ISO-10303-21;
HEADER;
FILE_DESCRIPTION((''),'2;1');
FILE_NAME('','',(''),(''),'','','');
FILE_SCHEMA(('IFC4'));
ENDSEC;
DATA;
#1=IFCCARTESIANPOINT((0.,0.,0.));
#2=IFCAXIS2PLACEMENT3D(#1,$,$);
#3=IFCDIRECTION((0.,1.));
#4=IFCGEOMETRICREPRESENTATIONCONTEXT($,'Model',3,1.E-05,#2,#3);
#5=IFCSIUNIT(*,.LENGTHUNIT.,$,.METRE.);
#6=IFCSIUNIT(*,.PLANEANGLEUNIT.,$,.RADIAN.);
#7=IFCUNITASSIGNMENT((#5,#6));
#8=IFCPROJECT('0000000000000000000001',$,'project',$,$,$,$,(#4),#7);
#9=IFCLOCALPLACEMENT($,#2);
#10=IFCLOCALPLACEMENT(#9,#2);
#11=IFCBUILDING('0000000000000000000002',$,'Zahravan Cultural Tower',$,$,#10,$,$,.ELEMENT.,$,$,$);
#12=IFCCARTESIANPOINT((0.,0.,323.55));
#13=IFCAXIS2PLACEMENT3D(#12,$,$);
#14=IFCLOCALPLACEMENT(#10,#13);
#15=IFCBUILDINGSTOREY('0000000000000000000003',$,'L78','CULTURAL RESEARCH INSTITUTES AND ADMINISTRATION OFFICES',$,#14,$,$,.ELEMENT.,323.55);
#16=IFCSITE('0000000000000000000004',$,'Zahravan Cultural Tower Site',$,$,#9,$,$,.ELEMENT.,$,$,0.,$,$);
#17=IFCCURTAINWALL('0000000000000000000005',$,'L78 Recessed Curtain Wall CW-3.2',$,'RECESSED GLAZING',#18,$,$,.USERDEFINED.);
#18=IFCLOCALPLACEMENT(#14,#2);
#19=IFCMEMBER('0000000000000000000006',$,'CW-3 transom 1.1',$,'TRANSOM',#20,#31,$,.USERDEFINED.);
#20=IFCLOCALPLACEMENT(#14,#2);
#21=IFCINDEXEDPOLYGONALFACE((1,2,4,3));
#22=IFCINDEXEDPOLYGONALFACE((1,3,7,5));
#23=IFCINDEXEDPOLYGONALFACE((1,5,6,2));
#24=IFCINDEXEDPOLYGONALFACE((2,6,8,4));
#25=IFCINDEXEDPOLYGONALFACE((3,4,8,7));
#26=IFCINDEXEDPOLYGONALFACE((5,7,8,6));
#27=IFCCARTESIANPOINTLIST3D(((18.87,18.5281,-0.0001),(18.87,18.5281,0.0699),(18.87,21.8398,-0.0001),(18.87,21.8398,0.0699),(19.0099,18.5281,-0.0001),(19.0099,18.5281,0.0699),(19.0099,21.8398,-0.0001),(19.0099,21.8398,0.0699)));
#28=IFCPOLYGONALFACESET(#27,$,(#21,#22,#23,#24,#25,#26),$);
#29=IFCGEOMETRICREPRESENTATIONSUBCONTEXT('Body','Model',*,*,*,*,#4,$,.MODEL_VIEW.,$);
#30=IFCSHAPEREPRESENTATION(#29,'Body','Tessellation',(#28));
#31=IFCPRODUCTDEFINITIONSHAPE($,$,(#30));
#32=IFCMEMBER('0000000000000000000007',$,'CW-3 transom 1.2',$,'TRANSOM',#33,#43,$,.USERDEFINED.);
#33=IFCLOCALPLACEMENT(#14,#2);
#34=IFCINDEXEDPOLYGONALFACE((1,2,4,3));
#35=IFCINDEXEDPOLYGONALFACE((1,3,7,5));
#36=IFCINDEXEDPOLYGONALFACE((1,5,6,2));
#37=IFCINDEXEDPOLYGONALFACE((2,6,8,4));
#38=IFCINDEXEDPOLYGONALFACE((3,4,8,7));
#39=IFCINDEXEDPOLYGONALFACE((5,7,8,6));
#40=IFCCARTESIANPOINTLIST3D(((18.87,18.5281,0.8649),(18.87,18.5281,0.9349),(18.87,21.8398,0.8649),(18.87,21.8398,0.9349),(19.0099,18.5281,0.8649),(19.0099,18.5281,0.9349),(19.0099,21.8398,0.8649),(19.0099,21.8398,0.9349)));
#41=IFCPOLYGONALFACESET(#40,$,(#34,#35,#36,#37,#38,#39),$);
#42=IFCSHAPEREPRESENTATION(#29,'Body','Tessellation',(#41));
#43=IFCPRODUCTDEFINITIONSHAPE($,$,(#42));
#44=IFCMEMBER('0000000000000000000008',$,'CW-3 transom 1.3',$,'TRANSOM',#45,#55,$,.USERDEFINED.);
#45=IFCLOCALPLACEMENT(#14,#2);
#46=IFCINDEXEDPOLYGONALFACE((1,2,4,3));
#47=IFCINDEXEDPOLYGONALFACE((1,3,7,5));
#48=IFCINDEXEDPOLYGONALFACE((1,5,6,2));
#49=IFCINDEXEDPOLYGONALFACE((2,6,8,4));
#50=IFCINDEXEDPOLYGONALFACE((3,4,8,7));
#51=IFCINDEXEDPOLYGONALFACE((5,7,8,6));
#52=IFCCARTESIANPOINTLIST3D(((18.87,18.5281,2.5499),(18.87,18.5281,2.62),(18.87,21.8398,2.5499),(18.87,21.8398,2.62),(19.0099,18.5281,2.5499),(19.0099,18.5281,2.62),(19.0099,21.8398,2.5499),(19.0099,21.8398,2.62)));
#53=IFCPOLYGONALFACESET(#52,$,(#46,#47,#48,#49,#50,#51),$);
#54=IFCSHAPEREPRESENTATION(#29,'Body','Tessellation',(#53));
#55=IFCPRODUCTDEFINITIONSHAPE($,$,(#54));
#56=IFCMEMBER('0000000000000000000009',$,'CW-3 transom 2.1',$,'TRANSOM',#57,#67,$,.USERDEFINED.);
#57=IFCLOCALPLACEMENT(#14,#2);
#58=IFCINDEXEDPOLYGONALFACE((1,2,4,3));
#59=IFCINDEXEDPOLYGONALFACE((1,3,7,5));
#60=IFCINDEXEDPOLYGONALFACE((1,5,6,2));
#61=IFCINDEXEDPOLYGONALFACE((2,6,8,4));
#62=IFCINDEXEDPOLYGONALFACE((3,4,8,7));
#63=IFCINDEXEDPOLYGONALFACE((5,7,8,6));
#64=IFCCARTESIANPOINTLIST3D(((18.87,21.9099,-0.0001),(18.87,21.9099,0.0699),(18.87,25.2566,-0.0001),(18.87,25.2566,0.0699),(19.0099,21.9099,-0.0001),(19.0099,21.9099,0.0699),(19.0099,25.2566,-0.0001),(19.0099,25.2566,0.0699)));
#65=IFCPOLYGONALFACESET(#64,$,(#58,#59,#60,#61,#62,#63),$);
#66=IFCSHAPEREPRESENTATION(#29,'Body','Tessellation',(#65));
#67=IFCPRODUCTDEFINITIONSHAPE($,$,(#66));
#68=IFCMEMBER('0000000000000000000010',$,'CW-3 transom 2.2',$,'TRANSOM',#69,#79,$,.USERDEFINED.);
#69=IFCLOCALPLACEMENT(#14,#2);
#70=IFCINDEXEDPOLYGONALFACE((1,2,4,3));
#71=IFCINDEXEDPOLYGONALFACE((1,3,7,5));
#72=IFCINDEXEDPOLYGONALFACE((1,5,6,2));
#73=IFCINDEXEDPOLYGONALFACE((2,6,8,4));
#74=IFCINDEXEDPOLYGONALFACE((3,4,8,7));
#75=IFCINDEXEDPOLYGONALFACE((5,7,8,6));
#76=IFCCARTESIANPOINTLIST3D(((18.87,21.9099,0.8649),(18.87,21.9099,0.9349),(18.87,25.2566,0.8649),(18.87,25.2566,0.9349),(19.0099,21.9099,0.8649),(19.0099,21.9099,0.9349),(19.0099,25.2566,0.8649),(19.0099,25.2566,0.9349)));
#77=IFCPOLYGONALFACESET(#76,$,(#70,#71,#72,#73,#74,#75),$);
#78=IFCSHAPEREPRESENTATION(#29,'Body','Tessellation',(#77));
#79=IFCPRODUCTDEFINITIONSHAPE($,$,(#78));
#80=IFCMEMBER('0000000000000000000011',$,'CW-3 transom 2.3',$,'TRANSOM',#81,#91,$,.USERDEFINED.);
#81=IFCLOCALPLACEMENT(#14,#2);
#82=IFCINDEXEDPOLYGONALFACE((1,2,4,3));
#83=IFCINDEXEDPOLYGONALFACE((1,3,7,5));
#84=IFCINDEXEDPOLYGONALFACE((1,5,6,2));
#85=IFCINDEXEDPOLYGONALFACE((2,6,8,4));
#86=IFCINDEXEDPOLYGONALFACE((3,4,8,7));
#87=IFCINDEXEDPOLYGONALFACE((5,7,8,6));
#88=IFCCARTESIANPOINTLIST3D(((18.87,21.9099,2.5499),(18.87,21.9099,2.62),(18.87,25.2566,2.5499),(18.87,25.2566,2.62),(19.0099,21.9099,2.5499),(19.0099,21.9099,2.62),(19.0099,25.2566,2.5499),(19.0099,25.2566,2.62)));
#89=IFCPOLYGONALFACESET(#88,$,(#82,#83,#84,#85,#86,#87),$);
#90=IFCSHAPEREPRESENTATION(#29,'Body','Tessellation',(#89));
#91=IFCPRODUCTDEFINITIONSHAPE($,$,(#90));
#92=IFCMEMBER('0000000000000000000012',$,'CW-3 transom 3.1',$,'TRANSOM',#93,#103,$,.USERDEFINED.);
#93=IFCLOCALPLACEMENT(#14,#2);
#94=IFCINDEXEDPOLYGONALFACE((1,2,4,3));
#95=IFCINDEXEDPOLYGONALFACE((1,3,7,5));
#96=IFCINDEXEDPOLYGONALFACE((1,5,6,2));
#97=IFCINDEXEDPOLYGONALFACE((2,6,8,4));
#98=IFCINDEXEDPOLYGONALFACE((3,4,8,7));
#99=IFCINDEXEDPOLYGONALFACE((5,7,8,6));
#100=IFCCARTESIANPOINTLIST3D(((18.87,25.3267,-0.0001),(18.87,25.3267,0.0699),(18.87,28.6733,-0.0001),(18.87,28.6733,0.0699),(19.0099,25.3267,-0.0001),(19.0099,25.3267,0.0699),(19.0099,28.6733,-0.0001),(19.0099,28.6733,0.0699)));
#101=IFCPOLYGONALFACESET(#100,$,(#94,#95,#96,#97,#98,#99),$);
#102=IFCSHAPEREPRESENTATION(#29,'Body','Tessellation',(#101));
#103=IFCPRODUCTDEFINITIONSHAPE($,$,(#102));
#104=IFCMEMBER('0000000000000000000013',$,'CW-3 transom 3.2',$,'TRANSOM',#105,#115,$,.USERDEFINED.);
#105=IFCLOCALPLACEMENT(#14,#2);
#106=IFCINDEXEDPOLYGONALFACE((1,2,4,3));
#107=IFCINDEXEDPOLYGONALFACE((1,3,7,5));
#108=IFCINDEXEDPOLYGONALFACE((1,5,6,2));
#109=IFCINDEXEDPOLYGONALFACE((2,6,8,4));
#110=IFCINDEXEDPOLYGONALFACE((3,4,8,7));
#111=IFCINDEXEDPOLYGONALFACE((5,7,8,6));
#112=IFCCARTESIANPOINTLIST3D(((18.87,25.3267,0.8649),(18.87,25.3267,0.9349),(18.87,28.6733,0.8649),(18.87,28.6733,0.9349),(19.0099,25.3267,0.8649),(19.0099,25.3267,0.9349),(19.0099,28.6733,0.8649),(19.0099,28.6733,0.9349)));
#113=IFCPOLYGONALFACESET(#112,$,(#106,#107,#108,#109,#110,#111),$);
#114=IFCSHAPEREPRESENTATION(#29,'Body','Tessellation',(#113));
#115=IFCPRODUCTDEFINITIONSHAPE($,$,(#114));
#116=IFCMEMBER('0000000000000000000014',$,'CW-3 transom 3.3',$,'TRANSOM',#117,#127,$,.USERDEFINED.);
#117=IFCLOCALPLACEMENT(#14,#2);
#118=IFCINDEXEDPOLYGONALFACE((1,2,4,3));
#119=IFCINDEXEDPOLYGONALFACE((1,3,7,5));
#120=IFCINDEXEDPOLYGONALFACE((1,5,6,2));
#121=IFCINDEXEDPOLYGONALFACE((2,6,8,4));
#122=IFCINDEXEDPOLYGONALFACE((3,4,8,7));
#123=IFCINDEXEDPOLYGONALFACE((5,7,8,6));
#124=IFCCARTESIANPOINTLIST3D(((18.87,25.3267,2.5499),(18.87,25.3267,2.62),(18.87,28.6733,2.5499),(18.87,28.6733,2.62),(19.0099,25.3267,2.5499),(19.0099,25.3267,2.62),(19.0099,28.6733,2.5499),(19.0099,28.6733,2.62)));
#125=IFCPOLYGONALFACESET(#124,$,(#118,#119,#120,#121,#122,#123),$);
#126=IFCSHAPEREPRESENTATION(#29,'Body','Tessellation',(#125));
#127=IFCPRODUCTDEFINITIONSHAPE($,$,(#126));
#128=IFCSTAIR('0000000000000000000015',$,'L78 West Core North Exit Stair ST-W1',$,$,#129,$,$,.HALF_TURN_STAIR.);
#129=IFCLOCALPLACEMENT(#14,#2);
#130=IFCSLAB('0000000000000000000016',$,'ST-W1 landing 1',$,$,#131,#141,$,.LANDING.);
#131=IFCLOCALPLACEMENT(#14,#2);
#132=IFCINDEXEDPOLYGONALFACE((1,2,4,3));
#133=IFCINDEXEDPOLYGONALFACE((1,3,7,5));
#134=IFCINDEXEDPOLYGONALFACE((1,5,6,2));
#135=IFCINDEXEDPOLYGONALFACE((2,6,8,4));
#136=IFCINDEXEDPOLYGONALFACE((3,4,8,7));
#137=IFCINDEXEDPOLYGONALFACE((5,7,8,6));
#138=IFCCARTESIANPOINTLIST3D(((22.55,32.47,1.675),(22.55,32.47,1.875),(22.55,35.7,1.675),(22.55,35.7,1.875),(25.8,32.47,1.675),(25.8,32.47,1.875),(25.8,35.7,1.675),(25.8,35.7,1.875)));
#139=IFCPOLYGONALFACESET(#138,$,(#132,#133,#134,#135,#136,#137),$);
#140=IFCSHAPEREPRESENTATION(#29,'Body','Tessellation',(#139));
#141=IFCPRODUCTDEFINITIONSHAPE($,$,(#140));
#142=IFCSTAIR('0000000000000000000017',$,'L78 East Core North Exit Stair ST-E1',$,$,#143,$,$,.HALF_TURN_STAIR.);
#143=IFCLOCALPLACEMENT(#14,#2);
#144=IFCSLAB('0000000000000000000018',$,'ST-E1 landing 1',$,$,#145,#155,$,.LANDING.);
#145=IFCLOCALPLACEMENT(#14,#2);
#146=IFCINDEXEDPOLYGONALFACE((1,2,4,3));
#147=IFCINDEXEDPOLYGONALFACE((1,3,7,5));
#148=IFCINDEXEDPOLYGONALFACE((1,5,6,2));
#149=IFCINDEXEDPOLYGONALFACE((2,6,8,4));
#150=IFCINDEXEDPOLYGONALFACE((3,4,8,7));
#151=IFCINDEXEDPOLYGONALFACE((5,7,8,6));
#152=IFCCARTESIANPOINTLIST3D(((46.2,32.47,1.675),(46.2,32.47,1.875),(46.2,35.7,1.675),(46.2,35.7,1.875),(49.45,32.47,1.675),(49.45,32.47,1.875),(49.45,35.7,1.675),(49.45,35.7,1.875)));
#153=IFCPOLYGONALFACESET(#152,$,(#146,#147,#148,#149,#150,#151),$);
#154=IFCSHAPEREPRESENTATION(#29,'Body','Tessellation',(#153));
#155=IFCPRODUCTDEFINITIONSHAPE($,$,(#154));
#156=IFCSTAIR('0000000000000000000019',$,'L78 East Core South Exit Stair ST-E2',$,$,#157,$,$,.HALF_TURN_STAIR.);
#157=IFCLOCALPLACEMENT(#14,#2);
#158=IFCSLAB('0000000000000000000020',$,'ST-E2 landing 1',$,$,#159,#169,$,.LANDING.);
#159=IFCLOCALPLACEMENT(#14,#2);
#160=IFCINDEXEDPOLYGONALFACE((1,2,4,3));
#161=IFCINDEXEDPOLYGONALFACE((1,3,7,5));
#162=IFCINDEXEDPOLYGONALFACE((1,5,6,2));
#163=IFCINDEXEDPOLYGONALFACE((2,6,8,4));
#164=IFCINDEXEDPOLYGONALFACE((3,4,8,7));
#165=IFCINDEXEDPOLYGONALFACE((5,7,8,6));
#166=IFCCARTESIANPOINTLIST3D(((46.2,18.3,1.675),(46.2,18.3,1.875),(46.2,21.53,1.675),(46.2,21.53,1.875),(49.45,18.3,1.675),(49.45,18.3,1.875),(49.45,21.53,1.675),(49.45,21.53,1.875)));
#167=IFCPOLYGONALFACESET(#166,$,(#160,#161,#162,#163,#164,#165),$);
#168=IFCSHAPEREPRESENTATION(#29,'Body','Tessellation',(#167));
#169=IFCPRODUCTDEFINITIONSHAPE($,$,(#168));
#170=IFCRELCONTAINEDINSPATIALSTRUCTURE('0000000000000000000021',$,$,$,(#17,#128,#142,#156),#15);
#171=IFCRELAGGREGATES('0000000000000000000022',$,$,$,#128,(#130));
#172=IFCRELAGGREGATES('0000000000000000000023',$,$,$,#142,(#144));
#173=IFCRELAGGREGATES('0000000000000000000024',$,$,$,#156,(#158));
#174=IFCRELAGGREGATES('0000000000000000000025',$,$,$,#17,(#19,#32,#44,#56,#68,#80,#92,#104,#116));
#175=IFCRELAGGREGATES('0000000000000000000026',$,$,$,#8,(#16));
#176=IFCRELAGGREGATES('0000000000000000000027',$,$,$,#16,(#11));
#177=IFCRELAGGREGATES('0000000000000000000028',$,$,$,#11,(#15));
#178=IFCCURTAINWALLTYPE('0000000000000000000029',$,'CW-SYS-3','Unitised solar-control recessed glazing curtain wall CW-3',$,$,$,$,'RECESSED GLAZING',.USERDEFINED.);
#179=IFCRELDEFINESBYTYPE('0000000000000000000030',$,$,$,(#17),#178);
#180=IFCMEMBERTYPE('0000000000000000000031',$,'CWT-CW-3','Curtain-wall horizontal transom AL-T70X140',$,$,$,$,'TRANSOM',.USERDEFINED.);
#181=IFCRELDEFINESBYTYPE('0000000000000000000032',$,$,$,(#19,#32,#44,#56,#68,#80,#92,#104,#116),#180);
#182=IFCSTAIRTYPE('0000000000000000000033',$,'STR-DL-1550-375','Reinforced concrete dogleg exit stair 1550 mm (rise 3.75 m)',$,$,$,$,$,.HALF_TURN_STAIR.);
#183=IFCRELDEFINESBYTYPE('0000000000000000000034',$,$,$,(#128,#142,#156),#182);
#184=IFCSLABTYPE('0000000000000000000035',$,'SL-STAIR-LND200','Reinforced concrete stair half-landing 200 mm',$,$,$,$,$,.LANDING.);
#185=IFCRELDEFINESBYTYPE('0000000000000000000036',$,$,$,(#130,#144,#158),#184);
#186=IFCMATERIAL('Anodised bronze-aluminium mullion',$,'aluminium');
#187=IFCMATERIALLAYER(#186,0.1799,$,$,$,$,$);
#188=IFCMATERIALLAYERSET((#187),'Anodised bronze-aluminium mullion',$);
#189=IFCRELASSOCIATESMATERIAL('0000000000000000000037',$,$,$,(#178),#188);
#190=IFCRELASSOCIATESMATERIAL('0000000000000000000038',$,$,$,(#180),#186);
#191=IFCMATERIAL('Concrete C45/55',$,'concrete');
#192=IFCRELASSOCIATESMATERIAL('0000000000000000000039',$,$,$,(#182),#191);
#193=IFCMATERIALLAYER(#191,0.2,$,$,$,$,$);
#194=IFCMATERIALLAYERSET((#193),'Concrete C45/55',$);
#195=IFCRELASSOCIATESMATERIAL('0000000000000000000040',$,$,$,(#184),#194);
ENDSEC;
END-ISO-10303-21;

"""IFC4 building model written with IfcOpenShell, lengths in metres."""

from ifc_helpers import new_model, si_unit, direction, frame, origin, origin_2d, place, context, subcontext, project, spatial, polyline, rectangle, outline, extrude, source, transform, mapped, material, layer, layer_set, material_profile, profile_set, type_object, element, aggregate, save


model = new_model("IFC4")

# Units and contexts
model_context = context("Model", 3, precision=1e-05, world=origin(), true_north=direction((0.0, 1.0)))
body_context = subcontext(model_context, "Body", "Model", "MODEL_VIEW")
ifc_project = project(units=[si_unit("LENGTHUNIT", "METRE"), si_unit("PLANEANGLEUNIT", "RADIAN")], contexts=[model_context])

# Site, building, storey
site_placement = place(None, origin())
site = spatial("IfcSite", under=ifc_project, at=site_placement, Name="Zahravan Cultural Tower Site", CompositionType="ELEMENT", RefElevation=0.0)
building_placement = place(site_placement, origin())
building = spatial("IfcBuilding", under=site, at=building_placement, Name="Zahravan Cultural Tower", CompositionType="ELEMENT")
storey_placement = place(building_placement, frame((0.0, 0.0, 323.55)))
storey = spatial("IfcBuildingStorey", under=building, at=storey_placement, Name="L78", Description="CULTURAL RESEARCH INSTITUTES AND ADMINISTRATION OFFICES", CompositionType="ELEMENT", Elevation=323.55)

# Curtain wall, members
ifc_material_1 = material(Name="Anodised bronze-aluminium mullion", Category="aluminium")
ifc_layer_1 = layer(ifc_material_1, 0.1799)
ifc_layer_set_1 = layer_set([ifc_layer_1], Name="Anodised bronze-aluminium mullion")
curtain_wall_type = type_object("IfcCurtainWallType", Name="CW-SYS-3", Description="Unitised solar-control recessed glazing curtain wall CW-3", ElementType="RECESSED GLAZING", PredefinedType="USERDEFINED", material=ifc_layer_set_1)
curtain_wall_placement = place(storey_placement, origin())
curtain_wall = element("IfcCurtainWall", 1, at=curtain_wall_placement, inside=storey, type_object=curtain_wall_type, Name="L78 Recessed Curtain Wall CW-3.2", ObjectType="RECESSED GLAZING", PredefinedType="USERDEFINED")
ifc_material_profile_1 = material_profile(ifc_material_1, rectangle(XDim=0.1399, YDim=0.0701, at=origin_2d()), Name="AL-T70X140")
ifc_profile_set_1 = profile_set([ifc_material_profile_1], Name="Anodised bronze-aluminium mullion")
member_type_1 = type_object("IfcMemberType", Name="CWT-CW-3", Description="Curtain-wall horizontal transom AL-T70X140", ElementType="TRANSOM", PredefinedType="USERDEFINED", material=ifc_profile_set_1)
shared_shape_1 = source(origin(), body_context, "Body", "SweptSolid", [
    extrude(rectangle(XDim=0.1399, YDim=0.0701, at=origin_2d()), origin(), (0.0, 0.0, 1.0), 3.3118),
])
member_1_placement = place(storey_placement, frame((18.9399, 18.5281, 0.0349), z_axis=(0.0, 1.0, 0.0), x_axis=(-1.0, 0.0, 0.0)))
member_1 = element("IfcMember", 2, at=member_1_placement, type_object=member_type_1, Name="CW-3 transom 1.1", ObjectType="TRANSOM", PredefinedType="USERDEFINED", context=body_context, shape_type="MappedRepresentation", body=[
    mapped(shared_shape_1, transform((0.0, 0.0, 0.0), x_axis=(1.0, 0.0, 0.0), y_axis=(0.0, 1.0, 0.0), z_axis=(0.0, 0.0, 1.0), scale=1.0)),
])
member_2_placement = place(storey_placement, frame((18.9399, 18.5281, 0.8999), z_axis=(0.0, 1.0, 0.0), x_axis=(-1.0, 0.0, 0.0)))
member_2 = element("IfcMember", 3, at=member_2_placement, type_object=member_type_1, Name="CW-3 transom 1.2", ObjectType="TRANSOM", PredefinedType="USERDEFINED", context=body_context, shape_type="MappedRepresentation", body=[
    mapped(shared_shape_1, transform((0.0, 0.0, 0.0), x_axis=(1.0, 0.0, 0.0), y_axis=(0.0, 1.0, 0.0), z_axis=(0.0, 0.0, 1.0), scale=1.0)),
])
member_3_placement = place(storey_placement, frame((18.9399, 18.5281, 2.585), z_axis=(0.0, 1.0, 0.0), x_axis=(-1.0, 0.0, 0.0)))
member_3 = element("IfcMember", 4, at=member_3_placement, type_object=member_type_1, Name="CW-3 transom 1.3", ObjectType="TRANSOM", PredefinedType="USERDEFINED", context=body_context, shape_type="MappedRepresentation", body=[
    mapped(shared_shape_1, transform((0.0, 0.0, 0.0), x_axis=(1.0, 0.0, 0.0), y_axis=(0.0, 1.0, 0.0), z_axis=(0.0, 0.0, 1.0), scale=1.0)),
])
shared_shape_2 = source(origin(), body_context, "Body", "SweptSolid", [
    extrude(rectangle(XDim=0.1399, YDim=0.0701, at=origin_2d()), origin(), (0.0, 0.0, 1.0), 3.3467),
])
member_4_placement = place(storey_placement, frame((18.9399, 21.9099, 0.0349), z_axis=(0.0, 1.0, 0.0), x_axis=(-1.0, 0.0, 0.0)))
member_4 = element("IfcMember", 5, at=member_4_placement, type_object=member_type_1, Name="CW-3 transom 2.1", ObjectType="TRANSOM", PredefinedType="USERDEFINED", context=body_context, shape_type="MappedRepresentation", body=[
    mapped(shared_shape_2, transform((0.0, 0.0, 0.0), x_axis=(1.0, 0.0, 0.0), y_axis=(0.0, 1.0, 0.0), z_axis=(0.0, 0.0, 1.0), scale=1.0)),
])
member_5_placement = place(storey_placement, frame((18.9399, 21.9099, 0.8999), z_axis=(0.0, 1.0, 0.0), x_axis=(-1.0, 0.0, 0.0)))
member_5 = element("IfcMember", 6, at=member_5_placement, type_object=member_type_1, Name="CW-3 transom 2.2", ObjectType="TRANSOM", PredefinedType="USERDEFINED", context=body_context, shape_type="MappedRepresentation", body=[
    mapped(shared_shape_2, transform((0.0, 0.0, 0.0), x_axis=(1.0, 0.0, 0.0), y_axis=(0.0, 1.0, 0.0), z_axis=(0.0, 0.0, 1.0), scale=1.0)),
])
member_6_placement = place(storey_placement, frame((18.9399, 21.9099, 2.585), z_axis=(0.0, 1.0, 0.0), x_axis=(-1.0, 0.0, 0.0)))
member_6 = element("IfcMember", 7, at=member_6_placement, type_object=member_type_1, Name="CW-3 transom 2.3", ObjectType="TRANSOM", PredefinedType="USERDEFINED", context=body_context, shape_type="MappedRepresentation", body=[
    mapped(shared_shape_2, transform((0.0, 0.0, 0.0), x_axis=(1.0, 0.0, 0.0), y_axis=(0.0, 1.0, 0.0), z_axis=(0.0, 0.0, 1.0), scale=1.0)),
])
member_7_placement = place(storey_placement, frame((18.9399, 25.3267, 0.0349), z_axis=(0.0, 1.0, 0.0), x_axis=(-1.0, 0.0, 0.0)))
member_7 = element("IfcMember", 8, at=member_7_placement, type_object=member_type_1, Name="CW-3 transom 3.1", ObjectType="TRANSOM", PredefinedType="USERDEFINED", context=body_context, shape_type="MappedRepresentation", body=[
    mapped(shared_shape_2, transform((0.0, 0.0, 0.0), x_axis=(1.0, 0.0, 0.0), y_axis=(0.0, 1.0, 0.0), z_axis=(0.0, 0.0, 1.0), scale=1.0)),
])
member_8_placement = place(storey_placement, frame((18.9399, 25.3267, 0.8999), z_axis=(0.0, 1.0, 0.0), x_axis=(-1.0, 0.0, 0.0)))
member_8 = element("IfcMember", 9, at=member_8_placement, type_object=member_type_1, Name="CW-3 transom 3.2", ObjectType="TRANSOM", PredefinedType="USERDEFINED", context=body_context, shape_type="MappedRepresentation", body=[
    mapped(shared_shape_2, transform((0.0, 0.0, 0.0), x_axis=(1.0, 0.0, 0.0), y_axis=(0.0, 1.0, 0.0), z_axis=(0.0, 0.0, 1.0), scale=1.0)),
])
member_9_placement = place(storey_placement, frame((18.9399, 25.3267, 2.585), z_axis=(0.0, 1.0, 0.0), x_axis=(-1.0, 0.0, 0.0)))
member_9 = element("IfcMember", 10, at=member_9_placement, type_object=member_type_1, Name="CW-3 transom 3.3", ObjectType="TRANSOM", PredefinedType="USERDEFINED", context=body_context, shape_type="MappedRepresentation", body=[
    mapped(shared_shape_2, transform((0.0, 0.0, 0.0), x_axis=(1.0, 0.0, 0.0), y_axis=(0.0, 1.0, 0.0), z_axis=(0.0, 0.0, 1.0), scale=1.0)),
])

# Stairs, slabs
ifc_material_2 = material(Name="Concrete C45/55", Category="concrete")
stair_type = type_object("IfcStairType", Name="STR-DL-1550-375", Description="Reinforced concrete dogleg exit stair 1550 mm (rise 3.75 m)", PredefinedType="HALF_TURN_STAIR", material=ifc_material_2)
stair_1_placement = place(storey_placement, origin())
stair_1 = element("IfcStair", 11, at=stair_1_placement, inside=storey, type_object=stair_type, Name="L78 West Core North Exit Stair ST-W1", PredefinedType="HALF_TURN_STAIR")
ifc_layer_2 = layer(ifc_material_2, 0.2)
ifc_layer_set_2 = layer_set([ifc_layer_2], Name="Concrete C45/55")
slab_type_1 = type_object("IfcSlabType", Name="SL-STAIR-LND200", Description="Reinforced concrete stair half-landing 200 mm", PredefinedType="LANDING", material=ifc_layer_set_2)
slab_1_placement = place(storey_placement, frame((0.0, 0.0, 1.675)))
slab_1 = element("IfcSlab", 12, at=slab_1_placement, type_object=slab_type_1, Name="ST-W1 landing 1", PredefinedType="LANDING", context=body_context, shape_type="SweptSolid", body=[
    extrude(outline(polyline([(25.8, 32.47), (25.8, 35.7), (22.55, 35.7), (22.55, 32.47), (25.8, 32.47)])), origin(), (0.0, 0.0, 1.0), 0.2),
])
aggregate(stair_1, [slab_1])
stair_2_placement = place(storey_placement, origin())
stair_2 = element("IfcStair", 13, at=stair_2_placement, inside=storey, type_object=stair_type, Name="L78 East Core North Exit Stair ST-E1", PredefinedType="HALF_TURN_STAIR")
slab_2_placement = place(storey_placement, frame((0.0, 0.0, 1.675)))
slab_2 = element("IfcSlab", 14, at=slab_2_placement, type_object=slab_type_1, Name="ST-E1 landing 1", PredefinedType="LANDING", context=body_context, shape_type="SweptSolid", body=[
    extrude(outline(polyline([(49.45, 32.47), (49.45, 35.7), (46.2, 35.7), (46.2, 32.47), (49.45, 32.47)])), origin(), (0.0, 0.0, 1.0), 0.2),
])
aggregate(stair_2, [slab_2])
stair_3_placement = place(storey_placement, origin())
stair_3 = element("IfcStair", 15, at=stair_3_placement, inside=storey, type_object=stair_type, Name="L78 East Core South Exit Stair ST-E2", PredefinedType="HALF_TURN_STAIR")
slab_3_placement = place(storey_placement, frame((0.0, 0.0, 1.675)))
slab_3 = element("IfcSlab", 16, at=slab_3_placement, type_object=slab_type_1, Name="ST-E2 landing 1", PredefinedType="LANDING", context=body_context, shape_type="SweptSolid", body=[
    extrude(outline(polyline([(46.2, 21.53), (46.2, 18.3), (49.45, 18.3), (49.45, 21.53), (46.2, 21.53)])), origin(), (0.0, 0.0, 1.0), 0.2),
])
aggregate(stair_3, [slab_3])

aggregate(curtain_wall, [member_1, member_2, member_3, member_4, member_5, member_6, member_7, member_8, member_9])

save(model, "model.ifc")
